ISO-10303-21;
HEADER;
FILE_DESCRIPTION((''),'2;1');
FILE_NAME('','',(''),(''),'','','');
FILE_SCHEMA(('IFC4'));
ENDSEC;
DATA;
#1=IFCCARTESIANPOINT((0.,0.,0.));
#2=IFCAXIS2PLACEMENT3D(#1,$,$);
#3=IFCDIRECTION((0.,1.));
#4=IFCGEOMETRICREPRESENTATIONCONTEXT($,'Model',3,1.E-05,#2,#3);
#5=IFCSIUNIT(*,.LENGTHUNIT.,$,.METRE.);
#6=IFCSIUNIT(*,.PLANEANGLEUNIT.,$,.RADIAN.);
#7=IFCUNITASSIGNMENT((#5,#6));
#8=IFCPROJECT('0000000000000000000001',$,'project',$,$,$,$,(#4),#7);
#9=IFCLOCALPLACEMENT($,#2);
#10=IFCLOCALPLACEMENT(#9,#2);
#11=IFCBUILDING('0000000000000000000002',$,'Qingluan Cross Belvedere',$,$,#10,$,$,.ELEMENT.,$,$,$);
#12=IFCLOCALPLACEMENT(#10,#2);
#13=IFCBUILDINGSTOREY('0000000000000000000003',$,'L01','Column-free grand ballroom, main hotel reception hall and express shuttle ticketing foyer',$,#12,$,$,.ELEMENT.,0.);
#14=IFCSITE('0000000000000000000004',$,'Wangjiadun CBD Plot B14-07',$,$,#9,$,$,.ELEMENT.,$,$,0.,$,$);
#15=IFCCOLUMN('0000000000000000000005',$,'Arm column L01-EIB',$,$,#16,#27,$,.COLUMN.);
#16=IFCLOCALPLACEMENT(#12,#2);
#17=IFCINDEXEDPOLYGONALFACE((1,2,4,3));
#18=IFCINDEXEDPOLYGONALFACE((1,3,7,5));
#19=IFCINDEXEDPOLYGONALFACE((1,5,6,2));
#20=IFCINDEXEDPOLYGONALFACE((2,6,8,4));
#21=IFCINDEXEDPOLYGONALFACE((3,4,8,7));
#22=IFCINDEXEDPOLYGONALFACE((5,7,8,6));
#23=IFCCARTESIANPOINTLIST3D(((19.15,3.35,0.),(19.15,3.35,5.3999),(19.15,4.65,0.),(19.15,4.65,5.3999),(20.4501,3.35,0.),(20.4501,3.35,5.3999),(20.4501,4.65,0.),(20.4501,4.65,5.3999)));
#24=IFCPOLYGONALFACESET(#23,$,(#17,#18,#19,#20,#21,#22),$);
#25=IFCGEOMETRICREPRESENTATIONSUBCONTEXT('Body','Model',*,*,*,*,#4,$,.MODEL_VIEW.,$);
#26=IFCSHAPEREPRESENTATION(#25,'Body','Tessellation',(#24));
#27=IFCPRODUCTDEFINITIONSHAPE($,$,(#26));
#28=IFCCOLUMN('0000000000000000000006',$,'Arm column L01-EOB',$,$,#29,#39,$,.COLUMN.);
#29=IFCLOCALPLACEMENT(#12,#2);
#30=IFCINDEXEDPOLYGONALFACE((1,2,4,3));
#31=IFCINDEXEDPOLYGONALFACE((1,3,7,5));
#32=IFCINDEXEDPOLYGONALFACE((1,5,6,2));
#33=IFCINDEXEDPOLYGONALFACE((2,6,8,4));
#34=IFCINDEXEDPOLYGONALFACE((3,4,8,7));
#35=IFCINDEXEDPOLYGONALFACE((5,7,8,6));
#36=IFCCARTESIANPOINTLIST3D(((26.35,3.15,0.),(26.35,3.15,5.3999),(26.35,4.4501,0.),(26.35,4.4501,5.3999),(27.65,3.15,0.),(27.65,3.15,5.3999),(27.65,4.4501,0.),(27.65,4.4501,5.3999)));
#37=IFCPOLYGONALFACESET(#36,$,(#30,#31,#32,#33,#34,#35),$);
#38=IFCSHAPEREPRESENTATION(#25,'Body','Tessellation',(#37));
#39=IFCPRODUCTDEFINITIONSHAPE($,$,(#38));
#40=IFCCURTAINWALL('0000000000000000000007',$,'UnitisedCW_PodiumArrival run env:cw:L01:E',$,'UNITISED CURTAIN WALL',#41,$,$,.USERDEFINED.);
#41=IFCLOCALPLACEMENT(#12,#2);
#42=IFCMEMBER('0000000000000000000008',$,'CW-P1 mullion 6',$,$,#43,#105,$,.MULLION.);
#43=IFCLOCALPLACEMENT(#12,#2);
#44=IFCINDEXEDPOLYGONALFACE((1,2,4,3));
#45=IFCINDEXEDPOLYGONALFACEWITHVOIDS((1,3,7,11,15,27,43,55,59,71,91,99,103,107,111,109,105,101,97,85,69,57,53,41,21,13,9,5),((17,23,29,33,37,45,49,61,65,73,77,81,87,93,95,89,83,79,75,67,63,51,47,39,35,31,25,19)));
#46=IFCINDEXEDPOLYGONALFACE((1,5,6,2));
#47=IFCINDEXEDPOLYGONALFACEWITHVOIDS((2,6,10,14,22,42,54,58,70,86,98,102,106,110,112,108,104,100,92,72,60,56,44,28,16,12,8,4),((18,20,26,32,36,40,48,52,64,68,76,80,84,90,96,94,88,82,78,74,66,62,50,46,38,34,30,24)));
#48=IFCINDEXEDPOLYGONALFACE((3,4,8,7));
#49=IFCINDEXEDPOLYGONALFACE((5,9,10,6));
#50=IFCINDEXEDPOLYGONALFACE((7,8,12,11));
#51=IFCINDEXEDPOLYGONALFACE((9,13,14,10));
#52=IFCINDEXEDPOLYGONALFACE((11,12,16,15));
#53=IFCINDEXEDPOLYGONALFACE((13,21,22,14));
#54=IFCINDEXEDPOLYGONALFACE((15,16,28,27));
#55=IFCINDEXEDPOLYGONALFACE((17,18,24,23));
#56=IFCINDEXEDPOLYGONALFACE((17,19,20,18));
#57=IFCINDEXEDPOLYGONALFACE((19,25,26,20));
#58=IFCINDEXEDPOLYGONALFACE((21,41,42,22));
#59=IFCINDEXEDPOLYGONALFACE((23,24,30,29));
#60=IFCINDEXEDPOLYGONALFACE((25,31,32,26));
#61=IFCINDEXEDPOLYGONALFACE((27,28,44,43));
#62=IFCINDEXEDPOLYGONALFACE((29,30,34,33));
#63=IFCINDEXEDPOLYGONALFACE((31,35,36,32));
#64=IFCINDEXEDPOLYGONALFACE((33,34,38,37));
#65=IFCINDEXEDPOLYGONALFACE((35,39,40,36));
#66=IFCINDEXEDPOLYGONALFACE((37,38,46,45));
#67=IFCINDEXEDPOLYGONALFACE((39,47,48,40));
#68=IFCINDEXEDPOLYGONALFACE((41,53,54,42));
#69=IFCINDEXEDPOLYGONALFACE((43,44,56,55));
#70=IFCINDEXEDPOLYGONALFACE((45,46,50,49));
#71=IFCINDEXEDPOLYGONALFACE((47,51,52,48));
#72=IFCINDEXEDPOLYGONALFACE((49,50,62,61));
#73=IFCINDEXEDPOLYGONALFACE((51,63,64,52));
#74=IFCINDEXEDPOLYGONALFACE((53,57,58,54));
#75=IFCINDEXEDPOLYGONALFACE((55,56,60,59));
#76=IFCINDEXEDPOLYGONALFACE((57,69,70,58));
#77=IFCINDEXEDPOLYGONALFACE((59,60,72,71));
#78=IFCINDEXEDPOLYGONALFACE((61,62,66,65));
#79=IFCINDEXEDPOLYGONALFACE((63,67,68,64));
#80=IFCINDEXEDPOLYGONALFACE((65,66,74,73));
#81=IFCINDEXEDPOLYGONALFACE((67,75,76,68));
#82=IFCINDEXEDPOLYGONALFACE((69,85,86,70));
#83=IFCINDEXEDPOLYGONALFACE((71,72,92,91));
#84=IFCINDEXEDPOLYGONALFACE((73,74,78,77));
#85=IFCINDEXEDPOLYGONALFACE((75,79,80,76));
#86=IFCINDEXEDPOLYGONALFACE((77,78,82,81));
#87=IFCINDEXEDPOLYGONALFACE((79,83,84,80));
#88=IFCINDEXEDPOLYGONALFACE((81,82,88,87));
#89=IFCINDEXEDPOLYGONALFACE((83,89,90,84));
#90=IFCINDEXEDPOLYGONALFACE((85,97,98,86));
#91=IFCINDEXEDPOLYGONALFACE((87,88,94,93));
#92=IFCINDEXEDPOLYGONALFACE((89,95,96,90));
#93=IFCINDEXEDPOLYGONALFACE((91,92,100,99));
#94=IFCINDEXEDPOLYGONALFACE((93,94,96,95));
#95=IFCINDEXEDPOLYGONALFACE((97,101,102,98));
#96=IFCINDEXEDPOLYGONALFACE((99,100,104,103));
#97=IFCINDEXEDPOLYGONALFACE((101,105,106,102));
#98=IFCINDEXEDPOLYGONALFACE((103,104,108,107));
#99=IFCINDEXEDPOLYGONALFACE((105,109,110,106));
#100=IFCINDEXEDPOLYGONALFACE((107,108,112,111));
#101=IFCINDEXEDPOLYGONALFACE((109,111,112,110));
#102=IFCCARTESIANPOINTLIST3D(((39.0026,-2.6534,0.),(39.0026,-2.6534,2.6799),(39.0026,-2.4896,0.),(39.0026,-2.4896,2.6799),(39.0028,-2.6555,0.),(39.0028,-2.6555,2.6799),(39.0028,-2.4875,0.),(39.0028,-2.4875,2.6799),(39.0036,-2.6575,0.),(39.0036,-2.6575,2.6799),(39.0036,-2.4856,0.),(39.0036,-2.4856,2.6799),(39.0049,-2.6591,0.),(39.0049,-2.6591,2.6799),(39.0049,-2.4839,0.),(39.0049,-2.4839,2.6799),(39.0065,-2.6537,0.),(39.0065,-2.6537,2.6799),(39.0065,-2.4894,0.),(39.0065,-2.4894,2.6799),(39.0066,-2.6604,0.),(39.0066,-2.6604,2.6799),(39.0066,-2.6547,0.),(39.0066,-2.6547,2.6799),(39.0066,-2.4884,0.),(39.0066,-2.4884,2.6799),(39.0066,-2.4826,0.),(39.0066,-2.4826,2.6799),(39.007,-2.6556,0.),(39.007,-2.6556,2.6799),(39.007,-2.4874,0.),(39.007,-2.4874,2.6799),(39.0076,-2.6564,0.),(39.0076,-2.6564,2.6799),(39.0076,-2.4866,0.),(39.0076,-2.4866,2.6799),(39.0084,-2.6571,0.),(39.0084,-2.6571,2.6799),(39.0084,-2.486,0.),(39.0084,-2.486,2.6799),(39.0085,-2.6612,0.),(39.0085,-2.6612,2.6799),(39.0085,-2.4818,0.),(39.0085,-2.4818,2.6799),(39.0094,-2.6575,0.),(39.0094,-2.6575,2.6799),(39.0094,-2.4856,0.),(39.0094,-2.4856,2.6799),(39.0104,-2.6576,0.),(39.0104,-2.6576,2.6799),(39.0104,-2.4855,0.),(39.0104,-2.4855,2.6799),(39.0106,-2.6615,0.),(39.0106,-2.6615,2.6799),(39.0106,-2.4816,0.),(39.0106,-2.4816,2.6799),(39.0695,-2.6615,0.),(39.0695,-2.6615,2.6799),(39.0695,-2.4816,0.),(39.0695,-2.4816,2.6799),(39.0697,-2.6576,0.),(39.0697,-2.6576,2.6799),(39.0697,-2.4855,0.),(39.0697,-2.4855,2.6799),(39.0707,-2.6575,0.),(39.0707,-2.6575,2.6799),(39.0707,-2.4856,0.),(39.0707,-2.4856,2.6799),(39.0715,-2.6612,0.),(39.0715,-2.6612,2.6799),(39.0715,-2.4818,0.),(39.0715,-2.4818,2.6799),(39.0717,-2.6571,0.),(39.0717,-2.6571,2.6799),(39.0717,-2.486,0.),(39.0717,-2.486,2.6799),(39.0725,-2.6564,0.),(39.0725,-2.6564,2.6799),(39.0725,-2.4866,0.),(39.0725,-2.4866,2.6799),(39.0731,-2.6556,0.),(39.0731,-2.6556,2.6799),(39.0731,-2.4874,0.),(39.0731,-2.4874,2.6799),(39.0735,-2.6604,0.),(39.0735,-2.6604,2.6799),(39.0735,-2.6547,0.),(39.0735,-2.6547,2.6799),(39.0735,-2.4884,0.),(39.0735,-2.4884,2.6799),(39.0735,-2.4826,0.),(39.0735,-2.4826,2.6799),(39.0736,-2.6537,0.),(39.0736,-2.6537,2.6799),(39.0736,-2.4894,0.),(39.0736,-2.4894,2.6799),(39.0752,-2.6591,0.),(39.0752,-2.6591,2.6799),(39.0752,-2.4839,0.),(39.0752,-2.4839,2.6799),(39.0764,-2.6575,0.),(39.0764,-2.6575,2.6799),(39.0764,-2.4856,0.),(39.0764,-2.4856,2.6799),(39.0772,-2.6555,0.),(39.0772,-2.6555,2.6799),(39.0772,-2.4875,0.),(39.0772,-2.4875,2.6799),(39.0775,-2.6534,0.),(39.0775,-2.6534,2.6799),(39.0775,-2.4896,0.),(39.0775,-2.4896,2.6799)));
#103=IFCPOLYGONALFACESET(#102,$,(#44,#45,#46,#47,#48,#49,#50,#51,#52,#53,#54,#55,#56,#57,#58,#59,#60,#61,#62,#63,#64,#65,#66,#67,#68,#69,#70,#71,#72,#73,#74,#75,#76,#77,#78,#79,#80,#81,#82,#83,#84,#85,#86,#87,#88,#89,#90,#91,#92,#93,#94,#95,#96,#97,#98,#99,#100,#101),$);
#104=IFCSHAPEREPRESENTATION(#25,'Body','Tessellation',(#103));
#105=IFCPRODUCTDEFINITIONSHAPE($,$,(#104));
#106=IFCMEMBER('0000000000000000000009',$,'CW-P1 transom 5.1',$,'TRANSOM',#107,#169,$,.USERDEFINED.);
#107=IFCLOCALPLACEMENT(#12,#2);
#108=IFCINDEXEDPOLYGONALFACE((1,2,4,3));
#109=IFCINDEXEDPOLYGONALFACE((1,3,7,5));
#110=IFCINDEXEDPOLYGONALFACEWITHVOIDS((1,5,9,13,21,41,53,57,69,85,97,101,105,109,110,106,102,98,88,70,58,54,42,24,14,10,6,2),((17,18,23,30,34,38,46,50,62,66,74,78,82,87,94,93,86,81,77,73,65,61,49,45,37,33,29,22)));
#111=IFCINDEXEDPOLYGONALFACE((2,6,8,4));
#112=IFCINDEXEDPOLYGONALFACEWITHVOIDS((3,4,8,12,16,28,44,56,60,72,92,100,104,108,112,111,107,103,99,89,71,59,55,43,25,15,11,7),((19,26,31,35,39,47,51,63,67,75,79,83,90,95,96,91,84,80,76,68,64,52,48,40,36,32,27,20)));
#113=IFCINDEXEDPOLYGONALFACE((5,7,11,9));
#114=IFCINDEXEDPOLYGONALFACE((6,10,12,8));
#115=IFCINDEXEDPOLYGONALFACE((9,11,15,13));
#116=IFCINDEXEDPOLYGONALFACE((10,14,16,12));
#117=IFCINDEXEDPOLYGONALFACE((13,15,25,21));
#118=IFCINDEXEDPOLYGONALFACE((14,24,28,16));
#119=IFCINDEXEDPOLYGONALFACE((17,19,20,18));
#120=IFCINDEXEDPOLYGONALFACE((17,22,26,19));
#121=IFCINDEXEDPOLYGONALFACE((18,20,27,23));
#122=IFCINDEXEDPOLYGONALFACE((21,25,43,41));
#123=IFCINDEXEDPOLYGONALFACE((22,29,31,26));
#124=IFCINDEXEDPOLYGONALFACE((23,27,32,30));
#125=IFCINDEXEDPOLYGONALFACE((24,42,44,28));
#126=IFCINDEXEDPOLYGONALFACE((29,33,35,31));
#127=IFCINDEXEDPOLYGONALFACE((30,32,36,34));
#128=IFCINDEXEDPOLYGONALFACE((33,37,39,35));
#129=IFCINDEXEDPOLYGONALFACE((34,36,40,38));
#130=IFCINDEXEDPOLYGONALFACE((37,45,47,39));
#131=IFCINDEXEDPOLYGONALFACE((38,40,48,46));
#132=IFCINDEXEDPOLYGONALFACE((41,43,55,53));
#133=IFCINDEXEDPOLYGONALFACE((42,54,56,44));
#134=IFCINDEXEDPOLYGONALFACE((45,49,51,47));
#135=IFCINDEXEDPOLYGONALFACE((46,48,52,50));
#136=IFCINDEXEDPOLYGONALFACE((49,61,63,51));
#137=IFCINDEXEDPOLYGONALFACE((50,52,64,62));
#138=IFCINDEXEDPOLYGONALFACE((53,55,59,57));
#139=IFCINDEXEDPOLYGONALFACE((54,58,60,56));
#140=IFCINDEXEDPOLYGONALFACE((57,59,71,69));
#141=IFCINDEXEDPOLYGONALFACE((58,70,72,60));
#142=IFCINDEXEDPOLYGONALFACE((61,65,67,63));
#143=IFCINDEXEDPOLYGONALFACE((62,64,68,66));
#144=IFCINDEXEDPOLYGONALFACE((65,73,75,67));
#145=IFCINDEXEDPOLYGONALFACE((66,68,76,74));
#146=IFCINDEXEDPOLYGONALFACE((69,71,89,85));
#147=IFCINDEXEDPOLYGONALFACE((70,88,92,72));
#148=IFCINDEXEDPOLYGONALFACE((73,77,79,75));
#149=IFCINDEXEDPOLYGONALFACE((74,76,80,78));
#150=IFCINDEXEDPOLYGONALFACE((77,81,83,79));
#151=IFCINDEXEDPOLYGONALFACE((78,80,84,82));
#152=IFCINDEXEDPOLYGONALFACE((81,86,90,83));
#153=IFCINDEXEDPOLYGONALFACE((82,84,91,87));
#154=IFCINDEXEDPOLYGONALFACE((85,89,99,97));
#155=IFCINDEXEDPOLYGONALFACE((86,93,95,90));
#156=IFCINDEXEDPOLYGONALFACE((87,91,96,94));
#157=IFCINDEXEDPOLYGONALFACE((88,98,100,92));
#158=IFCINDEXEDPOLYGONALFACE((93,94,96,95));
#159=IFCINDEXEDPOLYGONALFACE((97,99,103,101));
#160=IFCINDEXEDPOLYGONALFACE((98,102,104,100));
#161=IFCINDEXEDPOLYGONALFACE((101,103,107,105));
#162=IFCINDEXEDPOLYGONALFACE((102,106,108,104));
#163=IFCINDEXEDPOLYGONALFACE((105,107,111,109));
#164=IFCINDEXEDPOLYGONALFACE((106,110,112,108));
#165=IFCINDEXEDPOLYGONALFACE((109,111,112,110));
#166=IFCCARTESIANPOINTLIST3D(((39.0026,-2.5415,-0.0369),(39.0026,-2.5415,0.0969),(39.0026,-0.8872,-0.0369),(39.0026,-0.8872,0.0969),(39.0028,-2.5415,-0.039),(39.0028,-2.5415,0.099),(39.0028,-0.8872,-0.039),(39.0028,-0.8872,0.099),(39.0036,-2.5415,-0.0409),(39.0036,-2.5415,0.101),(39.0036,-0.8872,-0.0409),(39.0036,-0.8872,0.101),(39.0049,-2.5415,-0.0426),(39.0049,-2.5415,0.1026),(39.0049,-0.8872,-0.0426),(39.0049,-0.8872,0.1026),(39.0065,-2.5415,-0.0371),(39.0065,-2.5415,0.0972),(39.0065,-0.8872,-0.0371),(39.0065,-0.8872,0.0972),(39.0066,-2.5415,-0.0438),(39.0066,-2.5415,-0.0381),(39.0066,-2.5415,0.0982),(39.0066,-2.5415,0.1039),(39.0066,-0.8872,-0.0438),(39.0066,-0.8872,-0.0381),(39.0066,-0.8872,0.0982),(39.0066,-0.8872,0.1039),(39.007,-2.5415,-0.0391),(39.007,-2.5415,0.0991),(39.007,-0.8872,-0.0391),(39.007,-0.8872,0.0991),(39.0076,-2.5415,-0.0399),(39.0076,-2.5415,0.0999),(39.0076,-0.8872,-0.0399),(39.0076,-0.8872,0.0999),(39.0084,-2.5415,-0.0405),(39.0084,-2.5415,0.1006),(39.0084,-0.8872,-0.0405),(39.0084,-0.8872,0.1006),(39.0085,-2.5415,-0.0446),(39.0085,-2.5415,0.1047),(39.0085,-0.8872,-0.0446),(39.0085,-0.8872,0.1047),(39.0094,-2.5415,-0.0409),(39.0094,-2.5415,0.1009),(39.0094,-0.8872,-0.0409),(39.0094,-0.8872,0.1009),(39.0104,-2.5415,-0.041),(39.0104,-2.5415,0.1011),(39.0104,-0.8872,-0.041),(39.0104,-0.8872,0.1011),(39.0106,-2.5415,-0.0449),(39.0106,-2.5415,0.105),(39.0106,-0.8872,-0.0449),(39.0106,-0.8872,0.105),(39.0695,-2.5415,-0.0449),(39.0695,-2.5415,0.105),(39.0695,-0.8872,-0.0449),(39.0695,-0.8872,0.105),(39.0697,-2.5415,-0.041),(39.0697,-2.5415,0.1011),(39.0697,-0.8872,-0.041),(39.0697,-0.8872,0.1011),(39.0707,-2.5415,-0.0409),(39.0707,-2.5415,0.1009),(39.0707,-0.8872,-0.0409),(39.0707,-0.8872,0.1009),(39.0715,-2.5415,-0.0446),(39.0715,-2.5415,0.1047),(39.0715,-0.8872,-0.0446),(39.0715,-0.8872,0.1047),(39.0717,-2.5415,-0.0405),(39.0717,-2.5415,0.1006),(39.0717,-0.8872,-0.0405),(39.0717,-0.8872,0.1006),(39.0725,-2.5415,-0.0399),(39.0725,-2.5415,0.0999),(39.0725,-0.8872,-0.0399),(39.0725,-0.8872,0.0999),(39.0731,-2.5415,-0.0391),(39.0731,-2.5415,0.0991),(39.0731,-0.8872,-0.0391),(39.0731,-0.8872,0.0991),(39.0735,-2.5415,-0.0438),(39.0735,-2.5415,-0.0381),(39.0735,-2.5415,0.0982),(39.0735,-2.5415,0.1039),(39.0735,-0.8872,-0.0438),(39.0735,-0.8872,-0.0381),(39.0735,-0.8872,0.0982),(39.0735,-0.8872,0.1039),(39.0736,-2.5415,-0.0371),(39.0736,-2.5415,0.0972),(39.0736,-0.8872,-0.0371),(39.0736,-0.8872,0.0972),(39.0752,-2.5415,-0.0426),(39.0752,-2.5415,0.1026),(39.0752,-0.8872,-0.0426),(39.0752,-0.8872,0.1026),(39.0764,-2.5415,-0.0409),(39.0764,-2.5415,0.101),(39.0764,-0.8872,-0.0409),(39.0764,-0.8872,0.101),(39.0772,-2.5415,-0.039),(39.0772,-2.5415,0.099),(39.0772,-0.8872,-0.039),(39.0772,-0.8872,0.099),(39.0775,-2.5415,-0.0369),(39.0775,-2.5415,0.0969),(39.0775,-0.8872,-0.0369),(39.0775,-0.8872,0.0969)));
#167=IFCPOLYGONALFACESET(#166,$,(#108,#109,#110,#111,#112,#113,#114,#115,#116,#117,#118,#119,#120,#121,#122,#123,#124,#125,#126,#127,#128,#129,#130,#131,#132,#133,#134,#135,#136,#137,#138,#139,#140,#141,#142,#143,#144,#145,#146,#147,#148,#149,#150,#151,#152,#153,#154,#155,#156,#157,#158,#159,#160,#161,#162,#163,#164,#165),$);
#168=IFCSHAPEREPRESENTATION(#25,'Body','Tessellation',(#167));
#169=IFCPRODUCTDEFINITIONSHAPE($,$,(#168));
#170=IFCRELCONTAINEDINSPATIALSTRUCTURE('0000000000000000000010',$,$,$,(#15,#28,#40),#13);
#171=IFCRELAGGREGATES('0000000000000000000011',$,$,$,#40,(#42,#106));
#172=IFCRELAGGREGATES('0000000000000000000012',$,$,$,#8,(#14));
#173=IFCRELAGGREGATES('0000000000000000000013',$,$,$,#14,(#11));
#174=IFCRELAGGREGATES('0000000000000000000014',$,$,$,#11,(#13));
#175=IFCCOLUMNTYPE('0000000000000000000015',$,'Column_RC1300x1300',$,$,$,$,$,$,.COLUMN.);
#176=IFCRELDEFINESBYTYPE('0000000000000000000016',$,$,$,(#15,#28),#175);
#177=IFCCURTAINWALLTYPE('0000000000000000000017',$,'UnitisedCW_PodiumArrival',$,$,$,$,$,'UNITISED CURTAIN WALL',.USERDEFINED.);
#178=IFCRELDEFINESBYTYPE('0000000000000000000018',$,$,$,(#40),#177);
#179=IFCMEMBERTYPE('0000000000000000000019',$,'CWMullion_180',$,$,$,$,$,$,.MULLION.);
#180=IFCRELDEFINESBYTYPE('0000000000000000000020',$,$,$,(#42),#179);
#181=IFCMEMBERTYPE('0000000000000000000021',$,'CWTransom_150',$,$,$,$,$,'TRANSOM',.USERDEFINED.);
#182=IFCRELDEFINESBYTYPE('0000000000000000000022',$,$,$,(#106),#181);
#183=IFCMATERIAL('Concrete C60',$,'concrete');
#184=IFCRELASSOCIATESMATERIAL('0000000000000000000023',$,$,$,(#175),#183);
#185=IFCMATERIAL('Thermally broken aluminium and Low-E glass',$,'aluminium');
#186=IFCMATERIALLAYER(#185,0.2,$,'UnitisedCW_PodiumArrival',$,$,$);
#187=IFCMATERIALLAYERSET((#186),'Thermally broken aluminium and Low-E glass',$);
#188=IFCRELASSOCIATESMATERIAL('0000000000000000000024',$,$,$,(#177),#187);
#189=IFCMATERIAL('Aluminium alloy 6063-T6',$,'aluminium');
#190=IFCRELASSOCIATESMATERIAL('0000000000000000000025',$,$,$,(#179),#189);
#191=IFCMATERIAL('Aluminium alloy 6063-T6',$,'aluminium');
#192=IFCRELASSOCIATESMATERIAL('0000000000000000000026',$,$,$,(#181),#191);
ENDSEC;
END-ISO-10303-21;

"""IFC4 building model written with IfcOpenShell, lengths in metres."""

from ifc_helpers import new_model, si_unit, direction, frame, origin, origin_2d, place, context, subcontext, project, spatial, rectangle, hollow_rectangle, extrude, material, layer, layer_set, material_profile, profile_set, type_object, element, aggregate, save


model = new_model("IFC4")

# Units and contexts
model_context = context("Model", 3, precision=1e-05, world=origin(), true_north=direction((0.0, 1.0)))
body_context = subcontext(model_context, "Body", "Model", "MODEL_VIEW")
ifc_project = project(units=[si_unit("LENGTHUNIT", "METRE"), si_unit("PLANEANGLEUNIT", "RADIAN")], contexts=[model_context])

# Site, building, storey
site_placement = place(None, origin())
site = spatial("IfcSite", under=ifc_project, at=site_placement, Name="Wangjiadun CBD Plot B14-07", CompositionType="ELEMENT", RefElevation=0.0)
building_placement = place(site_placement, origin())
building = spatial("IfcBuilding", under=site, at=building_placement, Name="Qingluan Cross Belvedere", CompositionType="ELEMENT")
storey_placement = place(building_placement, origin())
storey = spatial("IfcBuildingStorey", under=building, at=storey_placement, Name="L01", Description="Column-free grand ballroom, main hotel reception hall and express shuttle ticketing foyer", CompositionType="ELEMENT", Elevation=0.0)

# Columns
ifc_material_1 = material(Name="Concrete C60", Category="concrete")
ifc_material_profile_1 = material_profile(ifc_material_1, rectangle(XDim=1.3, YDim=1.3, at=origin_2d()), Name="RC1300x1300")
ifc_profile_set_1 = profile_set([ifc_material_profile_1], Name="Concrete C60")
column_type = type_object("IfcColumnType", Name="Column_RC1300x1300", PredefinedType="COLUMN", material=ifc_profile_set_1)
for number, where, z_axis, x_axis, name in (
    (1, (19.8, 4.0, 0.0), (0.0, 0.0, 1.0), (1.0, 0.0, 0.0), "Arm column L01-EIB"),
    (2, (27.0, 3.8, 0.0), (0.0, 0.0, 1.0), (1.0, 0.0, 0.0), "Arm column L01-EOB"),
):
    element("IfcColumn", number, at=place(storey_placement, frame(where, z_axis=z_axis, x_axis=x_axis)), inside=storey, type_object=column_type, Name=name, PredefinedType="COLUMN", context=body_context, shape_type="SweptSolid", body=[
        extrude(rectangle(XDim=1.3, YDim=1.3, at=origin_2d()), origin(), (0.0, 0.0, 1.0), 5.3999),
    ])

# Curtain wall, members
ifc_material_2 = material(Name="Thermally broken aluminium and Low-E glass", Category="aluminium")
ifc_layer_1 = layer(ifc_material_2, 0.2, Name="UnitisedCW_PodiumArrival")
ifc_layer_set_1 = layer_set([ifc_layer_1], Name="Thermally broken aluminium and Low-E glass")
curtain_wall_type = type_object("IfcCurtainWallType", Name="UnitisedCW_PodiumArrival", ElementType="UNITISED CURTAIN WALL", PredefinedType="USERDEFINED", material=ifc_layer_set_1)
curtain_wall_placement = place(storey_placement, origin())
curtain_wall = element("IfcCurtainWall", 3, at=curtain_wall_placement, inside=storey, type_object=curtain_wall_type, Name="UnitisedCW_PodiumArrival run env:cw:L01:E", ObjectType="UNITISED CURTAIN WALL", PredefinedType="USERDEFINED")
ifc_material_3 = material(Name="Aluminium alloy 6063-T6", Category="aluminium")
ifc_material_profile_2 = material_profile(ifc_material_3, hollow_rectangle(XDim=0.075, YDim=0.1799, WallThickness=0.0039, InnerFilletRadius=0.0039, OuterFilletRadius=0.0081, at=origin_2d()), Name="CWM180x75x4")
ifc_profile_set_2 = profile_set([ifc_material_profile_2], Name="Aluminium alloy 6063-T6")
member_type_1 = type_object("IfcMemberType", Name="CWMullion_180", PredefinedType="MULLION", material=ifc_profile_set_2)
member_1_placement = place(storey_placement, frame((39.04, -2.5715, 0.0), z_axis=(0.0, 0.0, 1.0), x_axis=(1.0, 0.0, 0.0)))
member_1 = element("IfcMember", 4, at=member_1_placement, type_object=member_type_1, Name="CW-P1 mullion 6", PredefinedType="MULLION", context=body_context, shape_type="SweptSolid", body=[
    extrude(hollow_rectangle(XDim=0.075, YDim=0.1799, WallThickness=0.0039, InnerFilletRadius=0.0039, OuterFilletRadius=0.0081, at=origin_2d()), origin(), (0.0, 0.0, 1.0), 2.6799),
])
ifc_material_4 = material(Name="Aluminium alloy 6063-T6", Category="aluminium")
ifc_material_profile_3 = material_profile(ifc_material_4, hollow_rectangle(XDim=0.075, YDim=0.1499, WallThickness=0.0039, InnerFilletRadius=0.0039, OuterFilletRadius=0.0081, at=origin_2d()), Name="CWT150x75x4")
ifc_profile_set_3 = profile_set([ifc_material_profile_3], Name="Aluminium alloy 6063-T6")
member_type_2 = type_object("IfcMemberType", Name="CWTransom_150", ElementType="TRANSOM", PredefinedType="USERDEFINED", material=ifc_profile_set_3)
member_2_placement = place(storey_placement, frame((39.04, -0.8872, 0.03), z_axis=(0.0, -1.0, 0.0), x_axis=(1.0, 0.0, 0.0)))
member_2 = element("IfcMember", 5, at=member_2_placement, type_object=member_type_2, Name="CW-P1 transom 5.1", ObjectType="TRANSOM", PredefinedType="USERDEFINED", context=body_context, shape_type="SweptSolid", body=[
    extrude(hollow_rectangle(XDim=0.075, YDim=0.1499, WallThickness=0.0039, InnerFilletRadius=0.0039, OuterFilletRadius=0.0081, at=origin_2d()), origin(), (0.0, 0.0, 1.0), 1.6543),
])

aggregate(curtain_wall, [member_1, member_2])

save(model, "model.ifc")
